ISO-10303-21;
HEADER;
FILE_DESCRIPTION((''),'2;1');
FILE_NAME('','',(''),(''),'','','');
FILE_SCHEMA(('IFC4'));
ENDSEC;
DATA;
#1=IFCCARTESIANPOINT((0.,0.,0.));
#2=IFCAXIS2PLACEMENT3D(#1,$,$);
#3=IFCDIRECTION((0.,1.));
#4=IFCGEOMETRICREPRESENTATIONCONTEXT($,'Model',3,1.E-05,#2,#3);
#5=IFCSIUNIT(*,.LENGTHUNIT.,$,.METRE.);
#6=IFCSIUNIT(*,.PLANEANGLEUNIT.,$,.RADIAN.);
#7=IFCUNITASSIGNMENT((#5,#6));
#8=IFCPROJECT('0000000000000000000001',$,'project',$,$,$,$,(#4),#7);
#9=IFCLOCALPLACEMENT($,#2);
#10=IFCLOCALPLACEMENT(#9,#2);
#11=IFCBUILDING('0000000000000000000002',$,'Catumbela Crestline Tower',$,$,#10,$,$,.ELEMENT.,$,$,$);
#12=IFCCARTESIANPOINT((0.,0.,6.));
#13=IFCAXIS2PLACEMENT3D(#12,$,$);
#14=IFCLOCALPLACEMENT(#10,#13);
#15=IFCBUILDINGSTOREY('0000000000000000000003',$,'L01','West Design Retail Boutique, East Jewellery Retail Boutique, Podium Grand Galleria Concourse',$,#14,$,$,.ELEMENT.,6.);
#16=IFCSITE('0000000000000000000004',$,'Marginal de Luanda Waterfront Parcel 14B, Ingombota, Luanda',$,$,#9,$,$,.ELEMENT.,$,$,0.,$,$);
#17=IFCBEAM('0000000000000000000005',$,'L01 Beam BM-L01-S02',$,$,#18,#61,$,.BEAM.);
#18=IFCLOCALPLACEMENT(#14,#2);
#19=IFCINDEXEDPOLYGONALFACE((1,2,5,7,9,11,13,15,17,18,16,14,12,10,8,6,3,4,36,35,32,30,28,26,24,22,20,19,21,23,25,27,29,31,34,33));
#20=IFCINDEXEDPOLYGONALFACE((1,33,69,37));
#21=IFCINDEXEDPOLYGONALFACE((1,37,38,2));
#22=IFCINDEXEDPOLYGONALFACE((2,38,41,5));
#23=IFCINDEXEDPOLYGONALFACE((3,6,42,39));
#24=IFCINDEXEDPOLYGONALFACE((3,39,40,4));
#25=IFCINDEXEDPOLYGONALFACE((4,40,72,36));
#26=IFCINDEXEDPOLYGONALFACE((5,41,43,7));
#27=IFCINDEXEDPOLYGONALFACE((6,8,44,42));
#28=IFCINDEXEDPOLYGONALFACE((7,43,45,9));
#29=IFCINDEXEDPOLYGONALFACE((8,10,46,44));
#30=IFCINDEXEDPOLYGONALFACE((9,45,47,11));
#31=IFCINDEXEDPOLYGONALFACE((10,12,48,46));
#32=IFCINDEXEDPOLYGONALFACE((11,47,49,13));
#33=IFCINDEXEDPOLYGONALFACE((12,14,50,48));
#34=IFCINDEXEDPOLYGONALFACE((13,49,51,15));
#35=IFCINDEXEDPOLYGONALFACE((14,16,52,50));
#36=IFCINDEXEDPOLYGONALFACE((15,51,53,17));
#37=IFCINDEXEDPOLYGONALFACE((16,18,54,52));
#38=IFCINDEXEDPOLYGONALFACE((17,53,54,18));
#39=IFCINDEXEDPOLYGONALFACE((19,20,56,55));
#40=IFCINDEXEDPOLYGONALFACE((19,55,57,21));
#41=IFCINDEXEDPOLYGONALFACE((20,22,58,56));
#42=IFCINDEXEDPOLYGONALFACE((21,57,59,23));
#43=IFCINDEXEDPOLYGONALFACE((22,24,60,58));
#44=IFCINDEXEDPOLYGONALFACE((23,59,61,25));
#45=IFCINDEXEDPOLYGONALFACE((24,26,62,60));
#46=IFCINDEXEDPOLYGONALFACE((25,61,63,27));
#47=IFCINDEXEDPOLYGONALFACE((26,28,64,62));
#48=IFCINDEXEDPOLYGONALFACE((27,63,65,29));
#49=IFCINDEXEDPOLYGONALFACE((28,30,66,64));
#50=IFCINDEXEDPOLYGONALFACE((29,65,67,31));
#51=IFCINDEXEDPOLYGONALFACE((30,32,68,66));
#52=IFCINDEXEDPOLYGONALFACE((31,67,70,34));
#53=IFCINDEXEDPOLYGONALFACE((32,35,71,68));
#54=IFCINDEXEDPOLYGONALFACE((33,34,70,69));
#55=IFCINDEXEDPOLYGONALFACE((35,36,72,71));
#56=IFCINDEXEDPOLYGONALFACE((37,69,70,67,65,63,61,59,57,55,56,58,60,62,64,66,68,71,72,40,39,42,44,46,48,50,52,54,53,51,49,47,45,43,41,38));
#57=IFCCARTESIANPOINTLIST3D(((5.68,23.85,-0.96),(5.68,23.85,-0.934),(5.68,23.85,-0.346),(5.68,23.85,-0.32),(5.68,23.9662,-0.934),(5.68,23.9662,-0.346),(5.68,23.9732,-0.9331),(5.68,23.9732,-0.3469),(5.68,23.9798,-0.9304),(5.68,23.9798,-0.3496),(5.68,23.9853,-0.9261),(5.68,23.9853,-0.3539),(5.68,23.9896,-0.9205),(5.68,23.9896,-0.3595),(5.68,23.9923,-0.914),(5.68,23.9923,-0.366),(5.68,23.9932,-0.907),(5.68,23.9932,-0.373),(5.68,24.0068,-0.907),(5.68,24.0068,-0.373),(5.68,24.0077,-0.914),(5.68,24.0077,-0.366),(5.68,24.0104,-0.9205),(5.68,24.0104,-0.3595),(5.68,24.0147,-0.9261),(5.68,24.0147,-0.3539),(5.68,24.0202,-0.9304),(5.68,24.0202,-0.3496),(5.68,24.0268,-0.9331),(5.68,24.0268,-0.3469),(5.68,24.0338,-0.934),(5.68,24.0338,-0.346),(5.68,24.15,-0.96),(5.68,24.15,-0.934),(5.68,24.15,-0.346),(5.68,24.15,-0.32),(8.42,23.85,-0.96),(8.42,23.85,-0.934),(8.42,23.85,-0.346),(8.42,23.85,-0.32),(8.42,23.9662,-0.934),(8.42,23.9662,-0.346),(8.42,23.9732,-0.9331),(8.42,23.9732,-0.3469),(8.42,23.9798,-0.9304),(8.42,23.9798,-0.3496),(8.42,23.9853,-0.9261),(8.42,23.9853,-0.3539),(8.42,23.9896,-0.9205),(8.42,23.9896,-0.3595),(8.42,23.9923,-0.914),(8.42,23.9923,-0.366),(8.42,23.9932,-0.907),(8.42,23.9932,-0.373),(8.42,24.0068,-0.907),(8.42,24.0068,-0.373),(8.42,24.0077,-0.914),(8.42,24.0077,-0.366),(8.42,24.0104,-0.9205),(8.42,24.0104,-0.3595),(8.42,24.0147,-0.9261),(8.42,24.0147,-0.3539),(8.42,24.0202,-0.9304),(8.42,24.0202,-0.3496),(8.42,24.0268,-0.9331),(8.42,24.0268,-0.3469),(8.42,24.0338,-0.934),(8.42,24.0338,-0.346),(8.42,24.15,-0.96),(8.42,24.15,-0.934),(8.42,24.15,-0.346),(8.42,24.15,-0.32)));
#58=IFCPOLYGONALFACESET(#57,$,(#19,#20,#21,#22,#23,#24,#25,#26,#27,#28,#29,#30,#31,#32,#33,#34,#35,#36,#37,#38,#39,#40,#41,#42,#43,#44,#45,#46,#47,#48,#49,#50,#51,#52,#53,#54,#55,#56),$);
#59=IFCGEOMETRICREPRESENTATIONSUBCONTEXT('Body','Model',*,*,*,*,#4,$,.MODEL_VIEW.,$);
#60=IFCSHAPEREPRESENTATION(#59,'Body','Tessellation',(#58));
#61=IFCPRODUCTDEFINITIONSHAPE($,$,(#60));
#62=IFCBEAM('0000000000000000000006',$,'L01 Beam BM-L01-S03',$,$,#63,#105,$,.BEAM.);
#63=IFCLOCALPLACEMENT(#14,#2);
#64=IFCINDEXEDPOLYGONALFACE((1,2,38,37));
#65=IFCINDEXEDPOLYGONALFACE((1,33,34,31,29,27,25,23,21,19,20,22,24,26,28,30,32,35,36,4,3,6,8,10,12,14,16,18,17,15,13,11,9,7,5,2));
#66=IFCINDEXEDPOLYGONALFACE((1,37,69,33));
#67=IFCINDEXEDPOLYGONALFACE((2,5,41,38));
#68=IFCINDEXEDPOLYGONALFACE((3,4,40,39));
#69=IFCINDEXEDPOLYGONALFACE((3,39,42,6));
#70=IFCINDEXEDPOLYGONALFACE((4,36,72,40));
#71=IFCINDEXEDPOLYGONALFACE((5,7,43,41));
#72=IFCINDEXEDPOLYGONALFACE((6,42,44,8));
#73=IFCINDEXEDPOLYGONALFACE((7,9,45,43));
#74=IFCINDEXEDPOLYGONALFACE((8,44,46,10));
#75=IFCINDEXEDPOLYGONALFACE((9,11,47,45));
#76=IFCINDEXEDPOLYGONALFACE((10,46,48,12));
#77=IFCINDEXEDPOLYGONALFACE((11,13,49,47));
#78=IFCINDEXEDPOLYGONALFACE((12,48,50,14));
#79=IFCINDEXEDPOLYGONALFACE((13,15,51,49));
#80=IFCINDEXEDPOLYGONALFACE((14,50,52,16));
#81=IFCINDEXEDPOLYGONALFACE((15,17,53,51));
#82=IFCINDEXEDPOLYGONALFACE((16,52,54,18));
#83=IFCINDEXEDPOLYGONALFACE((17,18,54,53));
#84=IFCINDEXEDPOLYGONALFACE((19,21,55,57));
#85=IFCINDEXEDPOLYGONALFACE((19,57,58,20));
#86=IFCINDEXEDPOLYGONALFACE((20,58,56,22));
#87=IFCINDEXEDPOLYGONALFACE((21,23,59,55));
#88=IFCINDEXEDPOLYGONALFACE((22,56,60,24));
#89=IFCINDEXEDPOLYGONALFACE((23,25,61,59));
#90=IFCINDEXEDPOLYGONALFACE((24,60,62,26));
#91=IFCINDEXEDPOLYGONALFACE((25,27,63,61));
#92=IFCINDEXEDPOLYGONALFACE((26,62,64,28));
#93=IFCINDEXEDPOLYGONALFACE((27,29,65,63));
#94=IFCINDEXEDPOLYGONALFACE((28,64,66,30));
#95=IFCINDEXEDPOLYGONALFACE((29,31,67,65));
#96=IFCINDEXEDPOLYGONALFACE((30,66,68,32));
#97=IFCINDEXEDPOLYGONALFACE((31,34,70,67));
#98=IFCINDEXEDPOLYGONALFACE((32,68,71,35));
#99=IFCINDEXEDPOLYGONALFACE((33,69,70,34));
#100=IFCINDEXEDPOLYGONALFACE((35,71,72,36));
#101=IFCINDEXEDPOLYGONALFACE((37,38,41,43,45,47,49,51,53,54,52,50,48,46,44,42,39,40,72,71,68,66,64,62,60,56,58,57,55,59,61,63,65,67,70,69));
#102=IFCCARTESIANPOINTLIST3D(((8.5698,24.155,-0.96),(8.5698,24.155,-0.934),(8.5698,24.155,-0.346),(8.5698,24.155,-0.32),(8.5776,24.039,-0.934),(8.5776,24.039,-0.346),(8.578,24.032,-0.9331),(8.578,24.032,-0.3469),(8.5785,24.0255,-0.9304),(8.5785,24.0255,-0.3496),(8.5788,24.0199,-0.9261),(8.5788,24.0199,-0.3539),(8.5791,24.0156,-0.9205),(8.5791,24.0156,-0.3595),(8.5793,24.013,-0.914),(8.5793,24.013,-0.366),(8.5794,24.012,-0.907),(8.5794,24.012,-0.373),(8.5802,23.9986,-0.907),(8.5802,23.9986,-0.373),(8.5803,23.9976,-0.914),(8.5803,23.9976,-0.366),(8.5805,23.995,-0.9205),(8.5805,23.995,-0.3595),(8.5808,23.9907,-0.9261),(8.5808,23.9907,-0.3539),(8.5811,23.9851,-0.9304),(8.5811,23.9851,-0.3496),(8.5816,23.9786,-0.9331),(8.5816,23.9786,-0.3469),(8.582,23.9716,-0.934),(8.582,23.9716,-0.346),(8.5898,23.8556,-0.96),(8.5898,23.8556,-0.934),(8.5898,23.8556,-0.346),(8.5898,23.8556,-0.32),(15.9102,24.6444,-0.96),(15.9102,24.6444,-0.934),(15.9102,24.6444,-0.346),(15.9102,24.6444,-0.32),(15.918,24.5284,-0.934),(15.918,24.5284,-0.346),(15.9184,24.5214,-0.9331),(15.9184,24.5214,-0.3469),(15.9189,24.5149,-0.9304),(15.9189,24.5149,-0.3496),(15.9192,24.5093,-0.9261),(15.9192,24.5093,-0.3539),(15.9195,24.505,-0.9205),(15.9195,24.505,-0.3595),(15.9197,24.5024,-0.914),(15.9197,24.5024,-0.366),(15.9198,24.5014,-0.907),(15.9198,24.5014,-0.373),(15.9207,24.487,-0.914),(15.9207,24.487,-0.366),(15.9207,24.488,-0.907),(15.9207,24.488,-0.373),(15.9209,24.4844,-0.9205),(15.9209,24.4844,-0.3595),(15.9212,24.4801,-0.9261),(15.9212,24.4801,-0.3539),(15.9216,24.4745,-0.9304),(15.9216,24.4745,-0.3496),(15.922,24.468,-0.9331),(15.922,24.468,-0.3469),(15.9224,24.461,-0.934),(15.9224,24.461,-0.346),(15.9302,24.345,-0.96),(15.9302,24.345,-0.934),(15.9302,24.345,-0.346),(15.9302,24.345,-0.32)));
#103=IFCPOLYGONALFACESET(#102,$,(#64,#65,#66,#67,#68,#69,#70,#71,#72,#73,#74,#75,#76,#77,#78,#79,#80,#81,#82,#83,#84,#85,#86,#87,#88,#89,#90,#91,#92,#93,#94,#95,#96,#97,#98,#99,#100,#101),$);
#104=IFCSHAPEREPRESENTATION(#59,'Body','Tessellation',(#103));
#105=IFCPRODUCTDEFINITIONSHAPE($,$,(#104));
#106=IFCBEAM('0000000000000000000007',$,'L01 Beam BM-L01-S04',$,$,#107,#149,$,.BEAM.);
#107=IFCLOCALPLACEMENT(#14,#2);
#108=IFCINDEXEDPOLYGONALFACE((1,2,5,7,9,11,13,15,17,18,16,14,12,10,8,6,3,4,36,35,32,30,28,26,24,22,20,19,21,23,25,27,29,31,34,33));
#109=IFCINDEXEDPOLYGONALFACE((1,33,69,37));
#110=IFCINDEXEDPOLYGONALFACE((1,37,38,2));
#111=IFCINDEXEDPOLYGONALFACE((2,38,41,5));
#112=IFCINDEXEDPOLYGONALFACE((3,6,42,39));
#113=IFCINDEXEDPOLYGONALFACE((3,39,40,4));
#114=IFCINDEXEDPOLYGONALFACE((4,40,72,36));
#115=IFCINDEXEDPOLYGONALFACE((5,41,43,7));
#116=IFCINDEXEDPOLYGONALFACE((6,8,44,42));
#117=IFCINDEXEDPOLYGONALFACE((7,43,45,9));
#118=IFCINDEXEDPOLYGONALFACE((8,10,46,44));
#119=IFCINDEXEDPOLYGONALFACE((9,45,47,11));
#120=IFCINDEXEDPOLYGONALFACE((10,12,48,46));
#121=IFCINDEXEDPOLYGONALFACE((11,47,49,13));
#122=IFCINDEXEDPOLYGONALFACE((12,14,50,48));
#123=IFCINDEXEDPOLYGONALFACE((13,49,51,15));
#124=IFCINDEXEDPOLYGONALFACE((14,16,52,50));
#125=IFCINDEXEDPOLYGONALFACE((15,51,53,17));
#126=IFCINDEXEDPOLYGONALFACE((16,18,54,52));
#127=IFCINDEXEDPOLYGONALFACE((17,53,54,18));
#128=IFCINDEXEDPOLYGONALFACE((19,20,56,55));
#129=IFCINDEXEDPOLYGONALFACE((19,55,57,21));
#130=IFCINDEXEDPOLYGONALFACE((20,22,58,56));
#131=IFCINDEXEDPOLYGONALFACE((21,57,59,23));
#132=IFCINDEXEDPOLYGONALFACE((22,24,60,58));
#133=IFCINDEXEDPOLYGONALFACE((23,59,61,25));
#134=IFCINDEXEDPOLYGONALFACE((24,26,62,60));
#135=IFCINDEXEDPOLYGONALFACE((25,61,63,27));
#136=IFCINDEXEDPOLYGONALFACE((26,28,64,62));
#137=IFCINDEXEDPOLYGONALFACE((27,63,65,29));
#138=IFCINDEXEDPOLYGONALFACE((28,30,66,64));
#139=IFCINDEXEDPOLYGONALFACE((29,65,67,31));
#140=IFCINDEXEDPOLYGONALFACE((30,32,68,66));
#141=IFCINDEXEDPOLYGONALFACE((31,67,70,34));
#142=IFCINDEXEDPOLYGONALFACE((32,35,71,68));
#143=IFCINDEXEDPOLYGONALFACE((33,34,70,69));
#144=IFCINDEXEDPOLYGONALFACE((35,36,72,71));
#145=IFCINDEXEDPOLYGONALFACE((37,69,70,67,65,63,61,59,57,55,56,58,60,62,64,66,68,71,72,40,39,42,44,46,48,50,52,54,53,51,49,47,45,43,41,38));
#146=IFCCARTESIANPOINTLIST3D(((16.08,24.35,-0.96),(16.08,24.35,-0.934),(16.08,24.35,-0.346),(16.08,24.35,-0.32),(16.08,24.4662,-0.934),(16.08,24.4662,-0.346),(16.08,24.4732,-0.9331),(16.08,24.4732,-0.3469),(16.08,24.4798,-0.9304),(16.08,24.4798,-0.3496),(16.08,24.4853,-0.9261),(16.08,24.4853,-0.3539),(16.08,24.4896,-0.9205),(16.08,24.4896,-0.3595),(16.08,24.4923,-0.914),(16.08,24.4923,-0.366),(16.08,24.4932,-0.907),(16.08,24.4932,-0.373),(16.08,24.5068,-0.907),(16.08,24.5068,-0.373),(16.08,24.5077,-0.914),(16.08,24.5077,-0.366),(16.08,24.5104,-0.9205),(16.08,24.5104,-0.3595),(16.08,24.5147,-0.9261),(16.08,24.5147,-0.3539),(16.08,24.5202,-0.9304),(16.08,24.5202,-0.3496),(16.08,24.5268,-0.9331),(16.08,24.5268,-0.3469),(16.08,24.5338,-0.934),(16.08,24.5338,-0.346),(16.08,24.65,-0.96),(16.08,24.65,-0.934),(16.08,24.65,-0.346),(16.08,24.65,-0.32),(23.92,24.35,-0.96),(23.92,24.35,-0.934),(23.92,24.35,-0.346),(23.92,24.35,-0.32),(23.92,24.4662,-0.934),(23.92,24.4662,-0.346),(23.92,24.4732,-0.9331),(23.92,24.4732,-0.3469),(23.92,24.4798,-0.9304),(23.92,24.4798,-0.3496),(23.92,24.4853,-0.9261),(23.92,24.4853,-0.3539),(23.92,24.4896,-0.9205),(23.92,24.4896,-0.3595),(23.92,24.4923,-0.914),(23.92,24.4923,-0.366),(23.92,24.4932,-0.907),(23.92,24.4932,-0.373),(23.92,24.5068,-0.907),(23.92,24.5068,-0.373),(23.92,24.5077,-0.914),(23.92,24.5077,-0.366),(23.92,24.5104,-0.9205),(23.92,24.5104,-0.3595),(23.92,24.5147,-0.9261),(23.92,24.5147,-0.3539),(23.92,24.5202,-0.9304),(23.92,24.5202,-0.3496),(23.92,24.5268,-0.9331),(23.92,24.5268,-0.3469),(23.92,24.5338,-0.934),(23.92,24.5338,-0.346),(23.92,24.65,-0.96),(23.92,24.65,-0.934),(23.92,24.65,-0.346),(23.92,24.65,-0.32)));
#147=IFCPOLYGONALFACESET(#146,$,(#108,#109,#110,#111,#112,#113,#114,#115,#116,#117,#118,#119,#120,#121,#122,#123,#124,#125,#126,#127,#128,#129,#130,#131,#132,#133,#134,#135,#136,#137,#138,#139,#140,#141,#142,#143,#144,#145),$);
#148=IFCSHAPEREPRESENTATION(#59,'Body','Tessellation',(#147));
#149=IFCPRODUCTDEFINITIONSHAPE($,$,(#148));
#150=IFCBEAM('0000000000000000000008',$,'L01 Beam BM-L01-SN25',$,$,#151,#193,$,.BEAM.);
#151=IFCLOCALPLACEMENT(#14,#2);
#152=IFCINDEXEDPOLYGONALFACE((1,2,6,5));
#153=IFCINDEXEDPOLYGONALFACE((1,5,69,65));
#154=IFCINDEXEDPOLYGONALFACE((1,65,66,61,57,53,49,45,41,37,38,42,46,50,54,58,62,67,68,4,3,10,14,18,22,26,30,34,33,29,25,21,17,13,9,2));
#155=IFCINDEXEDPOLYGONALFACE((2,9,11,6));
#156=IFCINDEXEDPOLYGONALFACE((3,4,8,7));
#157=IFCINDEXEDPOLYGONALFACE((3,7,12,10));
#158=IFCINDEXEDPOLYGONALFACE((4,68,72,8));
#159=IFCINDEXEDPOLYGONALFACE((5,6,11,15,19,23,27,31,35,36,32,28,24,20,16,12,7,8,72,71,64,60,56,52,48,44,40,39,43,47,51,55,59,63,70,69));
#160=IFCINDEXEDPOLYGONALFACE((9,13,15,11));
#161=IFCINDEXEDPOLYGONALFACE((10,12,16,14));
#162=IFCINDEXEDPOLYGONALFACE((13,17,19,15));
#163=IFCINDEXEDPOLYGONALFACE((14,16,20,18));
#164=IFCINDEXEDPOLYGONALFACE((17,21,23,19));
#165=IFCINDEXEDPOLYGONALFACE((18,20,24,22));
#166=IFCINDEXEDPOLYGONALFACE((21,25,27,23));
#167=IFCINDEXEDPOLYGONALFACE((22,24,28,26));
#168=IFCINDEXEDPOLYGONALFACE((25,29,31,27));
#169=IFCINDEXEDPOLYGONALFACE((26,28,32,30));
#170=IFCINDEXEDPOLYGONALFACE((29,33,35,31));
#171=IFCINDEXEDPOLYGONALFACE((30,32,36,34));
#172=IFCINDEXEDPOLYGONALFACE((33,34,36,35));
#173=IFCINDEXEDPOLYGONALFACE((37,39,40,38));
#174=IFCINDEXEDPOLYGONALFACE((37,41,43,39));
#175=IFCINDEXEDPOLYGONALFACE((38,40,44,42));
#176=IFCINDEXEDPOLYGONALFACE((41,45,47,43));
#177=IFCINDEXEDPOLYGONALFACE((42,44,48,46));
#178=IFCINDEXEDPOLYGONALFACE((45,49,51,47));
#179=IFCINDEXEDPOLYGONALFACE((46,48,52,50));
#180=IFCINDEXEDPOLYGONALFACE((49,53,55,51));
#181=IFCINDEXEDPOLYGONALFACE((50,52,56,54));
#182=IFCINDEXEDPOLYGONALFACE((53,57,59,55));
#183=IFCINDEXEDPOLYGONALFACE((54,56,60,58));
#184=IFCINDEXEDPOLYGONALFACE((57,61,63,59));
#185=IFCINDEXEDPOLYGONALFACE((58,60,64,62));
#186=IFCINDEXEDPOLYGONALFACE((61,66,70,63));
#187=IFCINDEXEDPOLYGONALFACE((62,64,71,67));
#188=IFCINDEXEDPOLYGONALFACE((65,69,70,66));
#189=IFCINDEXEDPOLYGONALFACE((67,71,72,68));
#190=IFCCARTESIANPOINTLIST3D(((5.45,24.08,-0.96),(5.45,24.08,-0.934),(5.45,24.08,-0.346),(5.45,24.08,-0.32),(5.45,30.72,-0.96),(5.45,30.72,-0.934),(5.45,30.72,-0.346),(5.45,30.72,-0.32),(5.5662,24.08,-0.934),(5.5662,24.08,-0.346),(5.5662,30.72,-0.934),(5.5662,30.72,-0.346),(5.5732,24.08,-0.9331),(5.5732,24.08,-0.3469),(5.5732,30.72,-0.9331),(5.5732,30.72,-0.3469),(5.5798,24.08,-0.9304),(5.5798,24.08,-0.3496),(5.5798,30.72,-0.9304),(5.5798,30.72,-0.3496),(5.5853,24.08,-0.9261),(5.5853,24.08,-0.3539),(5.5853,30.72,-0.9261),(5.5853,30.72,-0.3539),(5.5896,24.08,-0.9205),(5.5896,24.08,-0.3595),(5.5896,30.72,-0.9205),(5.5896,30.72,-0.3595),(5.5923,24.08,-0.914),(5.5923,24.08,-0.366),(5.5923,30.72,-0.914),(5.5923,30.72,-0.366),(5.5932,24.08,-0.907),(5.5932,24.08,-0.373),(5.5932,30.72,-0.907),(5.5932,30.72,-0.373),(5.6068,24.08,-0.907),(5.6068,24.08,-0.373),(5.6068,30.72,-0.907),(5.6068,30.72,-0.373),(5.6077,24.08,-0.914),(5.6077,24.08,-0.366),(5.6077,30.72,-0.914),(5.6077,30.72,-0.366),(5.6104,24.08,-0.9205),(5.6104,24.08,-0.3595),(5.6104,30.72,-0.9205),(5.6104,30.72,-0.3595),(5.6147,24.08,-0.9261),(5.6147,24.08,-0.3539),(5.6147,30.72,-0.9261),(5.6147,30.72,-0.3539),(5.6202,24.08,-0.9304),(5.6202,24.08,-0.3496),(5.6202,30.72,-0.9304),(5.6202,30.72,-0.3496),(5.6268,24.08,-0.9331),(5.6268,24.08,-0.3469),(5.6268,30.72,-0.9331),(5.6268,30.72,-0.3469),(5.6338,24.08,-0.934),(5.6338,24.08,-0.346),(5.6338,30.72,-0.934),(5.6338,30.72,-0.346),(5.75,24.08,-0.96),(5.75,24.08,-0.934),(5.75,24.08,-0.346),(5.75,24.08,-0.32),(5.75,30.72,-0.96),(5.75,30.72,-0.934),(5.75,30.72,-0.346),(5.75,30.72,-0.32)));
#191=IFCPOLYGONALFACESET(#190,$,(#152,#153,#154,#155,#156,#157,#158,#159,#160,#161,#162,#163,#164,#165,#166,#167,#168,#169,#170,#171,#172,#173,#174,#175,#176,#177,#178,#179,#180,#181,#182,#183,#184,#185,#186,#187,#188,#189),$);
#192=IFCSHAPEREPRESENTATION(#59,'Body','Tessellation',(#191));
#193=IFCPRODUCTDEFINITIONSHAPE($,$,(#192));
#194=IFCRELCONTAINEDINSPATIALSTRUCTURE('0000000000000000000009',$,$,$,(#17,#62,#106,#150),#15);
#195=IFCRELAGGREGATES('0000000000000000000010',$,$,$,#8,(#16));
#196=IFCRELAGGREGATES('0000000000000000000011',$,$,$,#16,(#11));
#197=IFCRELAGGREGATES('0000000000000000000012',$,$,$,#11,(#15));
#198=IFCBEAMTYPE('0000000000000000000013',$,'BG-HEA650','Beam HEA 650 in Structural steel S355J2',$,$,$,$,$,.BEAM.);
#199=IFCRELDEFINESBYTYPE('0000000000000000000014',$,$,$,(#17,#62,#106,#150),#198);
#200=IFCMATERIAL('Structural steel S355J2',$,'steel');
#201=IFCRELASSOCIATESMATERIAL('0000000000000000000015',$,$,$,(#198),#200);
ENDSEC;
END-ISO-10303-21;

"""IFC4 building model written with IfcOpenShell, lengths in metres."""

from ifc_helpers import new_model, si_unit, direction, frame, origin, origin_2d, place, context, subcontext, project, spatial, i_section, extrude, material, material_profile, profile_set, type_object, element, save


model = new_model("IFC4")

# Units and contexts
model_context = context("Model", 3, precision=1e-05, world=origin(), true_north=direction((0.0, 1.0)))
body_context = subcontext(model_context, "Body", "Model", "MODEL_VIEW")
ifc_project = project(units=[si_unit("LENGTHUNIT", "METRE"), si_unit("PLANEANGLEUNIT", "RADIAN")], contexts=[model_context])

# Site, building, storey
site_placement = place(None, origin())
site = spatial("IfcSite", under=ifc_project, at=site_placement, Name="Marginal de Luanda Waterfront Parcel 14B, Ingombota, Luanda", CompositionType="ELEMENT", RefElevation=0.0)
building_placement = place(site_placement, origin())
building = spatial("IfcBuilding", under=site, at=building_placement, Name="Catumbela Crestline Tower", CompositionType="ELEMENT")
storey_placement = place(building_placement, frame((0.0, 0.0, 6.0)))
storey = spatial("IfcBuildingStorey", under=building, at=storey_placement, Name="L01", Description="West Design Retail Boutique, East Jewellery Retail Boutique, Podium Grand Galleria Concourse", CompositionType="ELEMENT", Elevation=6.0)

# Beams
ifc_material_1 = material(Name="Structural steel S355J2", Category="steel")
ifc_material_profile_1 = material_profile(ifc_material_1, i_section(OverallWidth=0.3, OverallDepth=0.64, WebThickness=0.0135, FlangeThickness=0.026, FilletRadius=0.027, at=origin_2d()), Name="HEA 650")
ifc_profile_set_1 = profile_set([ifc_material_profile_1], Name="Structural steel S355J2")
beam_type_1 = type_object("IfcBeamType", Name="BG-HEA650", Description="Beam HEA 650 in Structural steel S355J2", PredefinedType="BEAM", material=ifc_profile_set_1)
beam_1_placement = place(storey_placement, frame((5.68, 24.0, -0.64), z_axis=(1.0, 0.0, 0.0), x_axis=(0.0, 1.0, 0.0)))
element("IfcBeam", 1, at=beam_1_placement, inside=storey, type_object=beam_type_1, Name="L01 Beam BM-L01-S02", PredefinedType="BEAM", context=body_context, shape_type="SweptSolid", body=[
    extrude(i_section(OverallWidth=0.3, OverallDepth=0.64, WebThickness=0.0135, FlangeThickness=0.026, FilletRadius=0.027, at=origin_2d()), origin(), (0.0, 0.0, 1.0), 2.74),
])
beam_2_placement = place(storey_placement, frame((8.5798, 24.0053, -0.64), z_axis=(0.997785, 0.066524, 0.0), x_axis=(-0.066524, 0.997785, 0.0)))
element("IfcBeam", 2, at=beam_2_placement, inside=storey, type_object=beam_type_1, Name="L01 Beam BM-L01-S03", PredefinedType="BEAM", context=body_context, shape_type="SweptSolid", body=[
    extrude(i_section(OverallWidth=0.3, OverallDepth=0.64, WebThickness=0.0135, FlangeThickness=0.026, FilletRadius=0.027, at=origin_2d()), origin(), (0.0, 0.0, 1.0), 7.3567),
])
beam_3_placement = place(storey_placement, frame((16.08, 24.5, -0.64), z_axis=(1.0, 0.0, 0.0), x_axis=(0.0, 1.0, 0.0)))
element("IfcBeam", 3, at=beam_3_placement, inside=storey, type_object=beam_type_1, Name="L01 Beam BM-L01-S04", PredefinedType="BEAM", context=body_context, shape_type="SweptSolid", body=[
    extrude(i_section(OverallWidth=0.3, OverallDepth=0.64, WebThickness=0.0135, FlangeThickness=0.026, FilletRadius=0.027, at=origin_2d()), origin(), (0.0, 0.0, 1.0), 7.84),
])
for number, where, z_axis, x_axis, name in (
    (4, (5.6, 24.08, -0.64), (0.0, 1.0, 0.0), (-1.0, 0.0, 0.0), "L01 Beam BM-L01-SN25"),
):
    element("IfcBeam", number, at=place(storey_placement, frame(where, z_axis=z_axis, x_axis=x_axis)), inside=storey, type_object=beam_type_1, Name=name, PredefinedType="BEAM", context=body_context, shape_type="SweptSolid", body=[
        extrude(i_section(OverallWidth=0.3, OverallDepth=0.64, WebThickness=0.0135, FlangeThickness=0.026, FilletRadius=0.027, at=origin_2d()), origin(), (0.0, 0.0, 1.0), 6.64),
    ])

save(model, "model.ifc")
